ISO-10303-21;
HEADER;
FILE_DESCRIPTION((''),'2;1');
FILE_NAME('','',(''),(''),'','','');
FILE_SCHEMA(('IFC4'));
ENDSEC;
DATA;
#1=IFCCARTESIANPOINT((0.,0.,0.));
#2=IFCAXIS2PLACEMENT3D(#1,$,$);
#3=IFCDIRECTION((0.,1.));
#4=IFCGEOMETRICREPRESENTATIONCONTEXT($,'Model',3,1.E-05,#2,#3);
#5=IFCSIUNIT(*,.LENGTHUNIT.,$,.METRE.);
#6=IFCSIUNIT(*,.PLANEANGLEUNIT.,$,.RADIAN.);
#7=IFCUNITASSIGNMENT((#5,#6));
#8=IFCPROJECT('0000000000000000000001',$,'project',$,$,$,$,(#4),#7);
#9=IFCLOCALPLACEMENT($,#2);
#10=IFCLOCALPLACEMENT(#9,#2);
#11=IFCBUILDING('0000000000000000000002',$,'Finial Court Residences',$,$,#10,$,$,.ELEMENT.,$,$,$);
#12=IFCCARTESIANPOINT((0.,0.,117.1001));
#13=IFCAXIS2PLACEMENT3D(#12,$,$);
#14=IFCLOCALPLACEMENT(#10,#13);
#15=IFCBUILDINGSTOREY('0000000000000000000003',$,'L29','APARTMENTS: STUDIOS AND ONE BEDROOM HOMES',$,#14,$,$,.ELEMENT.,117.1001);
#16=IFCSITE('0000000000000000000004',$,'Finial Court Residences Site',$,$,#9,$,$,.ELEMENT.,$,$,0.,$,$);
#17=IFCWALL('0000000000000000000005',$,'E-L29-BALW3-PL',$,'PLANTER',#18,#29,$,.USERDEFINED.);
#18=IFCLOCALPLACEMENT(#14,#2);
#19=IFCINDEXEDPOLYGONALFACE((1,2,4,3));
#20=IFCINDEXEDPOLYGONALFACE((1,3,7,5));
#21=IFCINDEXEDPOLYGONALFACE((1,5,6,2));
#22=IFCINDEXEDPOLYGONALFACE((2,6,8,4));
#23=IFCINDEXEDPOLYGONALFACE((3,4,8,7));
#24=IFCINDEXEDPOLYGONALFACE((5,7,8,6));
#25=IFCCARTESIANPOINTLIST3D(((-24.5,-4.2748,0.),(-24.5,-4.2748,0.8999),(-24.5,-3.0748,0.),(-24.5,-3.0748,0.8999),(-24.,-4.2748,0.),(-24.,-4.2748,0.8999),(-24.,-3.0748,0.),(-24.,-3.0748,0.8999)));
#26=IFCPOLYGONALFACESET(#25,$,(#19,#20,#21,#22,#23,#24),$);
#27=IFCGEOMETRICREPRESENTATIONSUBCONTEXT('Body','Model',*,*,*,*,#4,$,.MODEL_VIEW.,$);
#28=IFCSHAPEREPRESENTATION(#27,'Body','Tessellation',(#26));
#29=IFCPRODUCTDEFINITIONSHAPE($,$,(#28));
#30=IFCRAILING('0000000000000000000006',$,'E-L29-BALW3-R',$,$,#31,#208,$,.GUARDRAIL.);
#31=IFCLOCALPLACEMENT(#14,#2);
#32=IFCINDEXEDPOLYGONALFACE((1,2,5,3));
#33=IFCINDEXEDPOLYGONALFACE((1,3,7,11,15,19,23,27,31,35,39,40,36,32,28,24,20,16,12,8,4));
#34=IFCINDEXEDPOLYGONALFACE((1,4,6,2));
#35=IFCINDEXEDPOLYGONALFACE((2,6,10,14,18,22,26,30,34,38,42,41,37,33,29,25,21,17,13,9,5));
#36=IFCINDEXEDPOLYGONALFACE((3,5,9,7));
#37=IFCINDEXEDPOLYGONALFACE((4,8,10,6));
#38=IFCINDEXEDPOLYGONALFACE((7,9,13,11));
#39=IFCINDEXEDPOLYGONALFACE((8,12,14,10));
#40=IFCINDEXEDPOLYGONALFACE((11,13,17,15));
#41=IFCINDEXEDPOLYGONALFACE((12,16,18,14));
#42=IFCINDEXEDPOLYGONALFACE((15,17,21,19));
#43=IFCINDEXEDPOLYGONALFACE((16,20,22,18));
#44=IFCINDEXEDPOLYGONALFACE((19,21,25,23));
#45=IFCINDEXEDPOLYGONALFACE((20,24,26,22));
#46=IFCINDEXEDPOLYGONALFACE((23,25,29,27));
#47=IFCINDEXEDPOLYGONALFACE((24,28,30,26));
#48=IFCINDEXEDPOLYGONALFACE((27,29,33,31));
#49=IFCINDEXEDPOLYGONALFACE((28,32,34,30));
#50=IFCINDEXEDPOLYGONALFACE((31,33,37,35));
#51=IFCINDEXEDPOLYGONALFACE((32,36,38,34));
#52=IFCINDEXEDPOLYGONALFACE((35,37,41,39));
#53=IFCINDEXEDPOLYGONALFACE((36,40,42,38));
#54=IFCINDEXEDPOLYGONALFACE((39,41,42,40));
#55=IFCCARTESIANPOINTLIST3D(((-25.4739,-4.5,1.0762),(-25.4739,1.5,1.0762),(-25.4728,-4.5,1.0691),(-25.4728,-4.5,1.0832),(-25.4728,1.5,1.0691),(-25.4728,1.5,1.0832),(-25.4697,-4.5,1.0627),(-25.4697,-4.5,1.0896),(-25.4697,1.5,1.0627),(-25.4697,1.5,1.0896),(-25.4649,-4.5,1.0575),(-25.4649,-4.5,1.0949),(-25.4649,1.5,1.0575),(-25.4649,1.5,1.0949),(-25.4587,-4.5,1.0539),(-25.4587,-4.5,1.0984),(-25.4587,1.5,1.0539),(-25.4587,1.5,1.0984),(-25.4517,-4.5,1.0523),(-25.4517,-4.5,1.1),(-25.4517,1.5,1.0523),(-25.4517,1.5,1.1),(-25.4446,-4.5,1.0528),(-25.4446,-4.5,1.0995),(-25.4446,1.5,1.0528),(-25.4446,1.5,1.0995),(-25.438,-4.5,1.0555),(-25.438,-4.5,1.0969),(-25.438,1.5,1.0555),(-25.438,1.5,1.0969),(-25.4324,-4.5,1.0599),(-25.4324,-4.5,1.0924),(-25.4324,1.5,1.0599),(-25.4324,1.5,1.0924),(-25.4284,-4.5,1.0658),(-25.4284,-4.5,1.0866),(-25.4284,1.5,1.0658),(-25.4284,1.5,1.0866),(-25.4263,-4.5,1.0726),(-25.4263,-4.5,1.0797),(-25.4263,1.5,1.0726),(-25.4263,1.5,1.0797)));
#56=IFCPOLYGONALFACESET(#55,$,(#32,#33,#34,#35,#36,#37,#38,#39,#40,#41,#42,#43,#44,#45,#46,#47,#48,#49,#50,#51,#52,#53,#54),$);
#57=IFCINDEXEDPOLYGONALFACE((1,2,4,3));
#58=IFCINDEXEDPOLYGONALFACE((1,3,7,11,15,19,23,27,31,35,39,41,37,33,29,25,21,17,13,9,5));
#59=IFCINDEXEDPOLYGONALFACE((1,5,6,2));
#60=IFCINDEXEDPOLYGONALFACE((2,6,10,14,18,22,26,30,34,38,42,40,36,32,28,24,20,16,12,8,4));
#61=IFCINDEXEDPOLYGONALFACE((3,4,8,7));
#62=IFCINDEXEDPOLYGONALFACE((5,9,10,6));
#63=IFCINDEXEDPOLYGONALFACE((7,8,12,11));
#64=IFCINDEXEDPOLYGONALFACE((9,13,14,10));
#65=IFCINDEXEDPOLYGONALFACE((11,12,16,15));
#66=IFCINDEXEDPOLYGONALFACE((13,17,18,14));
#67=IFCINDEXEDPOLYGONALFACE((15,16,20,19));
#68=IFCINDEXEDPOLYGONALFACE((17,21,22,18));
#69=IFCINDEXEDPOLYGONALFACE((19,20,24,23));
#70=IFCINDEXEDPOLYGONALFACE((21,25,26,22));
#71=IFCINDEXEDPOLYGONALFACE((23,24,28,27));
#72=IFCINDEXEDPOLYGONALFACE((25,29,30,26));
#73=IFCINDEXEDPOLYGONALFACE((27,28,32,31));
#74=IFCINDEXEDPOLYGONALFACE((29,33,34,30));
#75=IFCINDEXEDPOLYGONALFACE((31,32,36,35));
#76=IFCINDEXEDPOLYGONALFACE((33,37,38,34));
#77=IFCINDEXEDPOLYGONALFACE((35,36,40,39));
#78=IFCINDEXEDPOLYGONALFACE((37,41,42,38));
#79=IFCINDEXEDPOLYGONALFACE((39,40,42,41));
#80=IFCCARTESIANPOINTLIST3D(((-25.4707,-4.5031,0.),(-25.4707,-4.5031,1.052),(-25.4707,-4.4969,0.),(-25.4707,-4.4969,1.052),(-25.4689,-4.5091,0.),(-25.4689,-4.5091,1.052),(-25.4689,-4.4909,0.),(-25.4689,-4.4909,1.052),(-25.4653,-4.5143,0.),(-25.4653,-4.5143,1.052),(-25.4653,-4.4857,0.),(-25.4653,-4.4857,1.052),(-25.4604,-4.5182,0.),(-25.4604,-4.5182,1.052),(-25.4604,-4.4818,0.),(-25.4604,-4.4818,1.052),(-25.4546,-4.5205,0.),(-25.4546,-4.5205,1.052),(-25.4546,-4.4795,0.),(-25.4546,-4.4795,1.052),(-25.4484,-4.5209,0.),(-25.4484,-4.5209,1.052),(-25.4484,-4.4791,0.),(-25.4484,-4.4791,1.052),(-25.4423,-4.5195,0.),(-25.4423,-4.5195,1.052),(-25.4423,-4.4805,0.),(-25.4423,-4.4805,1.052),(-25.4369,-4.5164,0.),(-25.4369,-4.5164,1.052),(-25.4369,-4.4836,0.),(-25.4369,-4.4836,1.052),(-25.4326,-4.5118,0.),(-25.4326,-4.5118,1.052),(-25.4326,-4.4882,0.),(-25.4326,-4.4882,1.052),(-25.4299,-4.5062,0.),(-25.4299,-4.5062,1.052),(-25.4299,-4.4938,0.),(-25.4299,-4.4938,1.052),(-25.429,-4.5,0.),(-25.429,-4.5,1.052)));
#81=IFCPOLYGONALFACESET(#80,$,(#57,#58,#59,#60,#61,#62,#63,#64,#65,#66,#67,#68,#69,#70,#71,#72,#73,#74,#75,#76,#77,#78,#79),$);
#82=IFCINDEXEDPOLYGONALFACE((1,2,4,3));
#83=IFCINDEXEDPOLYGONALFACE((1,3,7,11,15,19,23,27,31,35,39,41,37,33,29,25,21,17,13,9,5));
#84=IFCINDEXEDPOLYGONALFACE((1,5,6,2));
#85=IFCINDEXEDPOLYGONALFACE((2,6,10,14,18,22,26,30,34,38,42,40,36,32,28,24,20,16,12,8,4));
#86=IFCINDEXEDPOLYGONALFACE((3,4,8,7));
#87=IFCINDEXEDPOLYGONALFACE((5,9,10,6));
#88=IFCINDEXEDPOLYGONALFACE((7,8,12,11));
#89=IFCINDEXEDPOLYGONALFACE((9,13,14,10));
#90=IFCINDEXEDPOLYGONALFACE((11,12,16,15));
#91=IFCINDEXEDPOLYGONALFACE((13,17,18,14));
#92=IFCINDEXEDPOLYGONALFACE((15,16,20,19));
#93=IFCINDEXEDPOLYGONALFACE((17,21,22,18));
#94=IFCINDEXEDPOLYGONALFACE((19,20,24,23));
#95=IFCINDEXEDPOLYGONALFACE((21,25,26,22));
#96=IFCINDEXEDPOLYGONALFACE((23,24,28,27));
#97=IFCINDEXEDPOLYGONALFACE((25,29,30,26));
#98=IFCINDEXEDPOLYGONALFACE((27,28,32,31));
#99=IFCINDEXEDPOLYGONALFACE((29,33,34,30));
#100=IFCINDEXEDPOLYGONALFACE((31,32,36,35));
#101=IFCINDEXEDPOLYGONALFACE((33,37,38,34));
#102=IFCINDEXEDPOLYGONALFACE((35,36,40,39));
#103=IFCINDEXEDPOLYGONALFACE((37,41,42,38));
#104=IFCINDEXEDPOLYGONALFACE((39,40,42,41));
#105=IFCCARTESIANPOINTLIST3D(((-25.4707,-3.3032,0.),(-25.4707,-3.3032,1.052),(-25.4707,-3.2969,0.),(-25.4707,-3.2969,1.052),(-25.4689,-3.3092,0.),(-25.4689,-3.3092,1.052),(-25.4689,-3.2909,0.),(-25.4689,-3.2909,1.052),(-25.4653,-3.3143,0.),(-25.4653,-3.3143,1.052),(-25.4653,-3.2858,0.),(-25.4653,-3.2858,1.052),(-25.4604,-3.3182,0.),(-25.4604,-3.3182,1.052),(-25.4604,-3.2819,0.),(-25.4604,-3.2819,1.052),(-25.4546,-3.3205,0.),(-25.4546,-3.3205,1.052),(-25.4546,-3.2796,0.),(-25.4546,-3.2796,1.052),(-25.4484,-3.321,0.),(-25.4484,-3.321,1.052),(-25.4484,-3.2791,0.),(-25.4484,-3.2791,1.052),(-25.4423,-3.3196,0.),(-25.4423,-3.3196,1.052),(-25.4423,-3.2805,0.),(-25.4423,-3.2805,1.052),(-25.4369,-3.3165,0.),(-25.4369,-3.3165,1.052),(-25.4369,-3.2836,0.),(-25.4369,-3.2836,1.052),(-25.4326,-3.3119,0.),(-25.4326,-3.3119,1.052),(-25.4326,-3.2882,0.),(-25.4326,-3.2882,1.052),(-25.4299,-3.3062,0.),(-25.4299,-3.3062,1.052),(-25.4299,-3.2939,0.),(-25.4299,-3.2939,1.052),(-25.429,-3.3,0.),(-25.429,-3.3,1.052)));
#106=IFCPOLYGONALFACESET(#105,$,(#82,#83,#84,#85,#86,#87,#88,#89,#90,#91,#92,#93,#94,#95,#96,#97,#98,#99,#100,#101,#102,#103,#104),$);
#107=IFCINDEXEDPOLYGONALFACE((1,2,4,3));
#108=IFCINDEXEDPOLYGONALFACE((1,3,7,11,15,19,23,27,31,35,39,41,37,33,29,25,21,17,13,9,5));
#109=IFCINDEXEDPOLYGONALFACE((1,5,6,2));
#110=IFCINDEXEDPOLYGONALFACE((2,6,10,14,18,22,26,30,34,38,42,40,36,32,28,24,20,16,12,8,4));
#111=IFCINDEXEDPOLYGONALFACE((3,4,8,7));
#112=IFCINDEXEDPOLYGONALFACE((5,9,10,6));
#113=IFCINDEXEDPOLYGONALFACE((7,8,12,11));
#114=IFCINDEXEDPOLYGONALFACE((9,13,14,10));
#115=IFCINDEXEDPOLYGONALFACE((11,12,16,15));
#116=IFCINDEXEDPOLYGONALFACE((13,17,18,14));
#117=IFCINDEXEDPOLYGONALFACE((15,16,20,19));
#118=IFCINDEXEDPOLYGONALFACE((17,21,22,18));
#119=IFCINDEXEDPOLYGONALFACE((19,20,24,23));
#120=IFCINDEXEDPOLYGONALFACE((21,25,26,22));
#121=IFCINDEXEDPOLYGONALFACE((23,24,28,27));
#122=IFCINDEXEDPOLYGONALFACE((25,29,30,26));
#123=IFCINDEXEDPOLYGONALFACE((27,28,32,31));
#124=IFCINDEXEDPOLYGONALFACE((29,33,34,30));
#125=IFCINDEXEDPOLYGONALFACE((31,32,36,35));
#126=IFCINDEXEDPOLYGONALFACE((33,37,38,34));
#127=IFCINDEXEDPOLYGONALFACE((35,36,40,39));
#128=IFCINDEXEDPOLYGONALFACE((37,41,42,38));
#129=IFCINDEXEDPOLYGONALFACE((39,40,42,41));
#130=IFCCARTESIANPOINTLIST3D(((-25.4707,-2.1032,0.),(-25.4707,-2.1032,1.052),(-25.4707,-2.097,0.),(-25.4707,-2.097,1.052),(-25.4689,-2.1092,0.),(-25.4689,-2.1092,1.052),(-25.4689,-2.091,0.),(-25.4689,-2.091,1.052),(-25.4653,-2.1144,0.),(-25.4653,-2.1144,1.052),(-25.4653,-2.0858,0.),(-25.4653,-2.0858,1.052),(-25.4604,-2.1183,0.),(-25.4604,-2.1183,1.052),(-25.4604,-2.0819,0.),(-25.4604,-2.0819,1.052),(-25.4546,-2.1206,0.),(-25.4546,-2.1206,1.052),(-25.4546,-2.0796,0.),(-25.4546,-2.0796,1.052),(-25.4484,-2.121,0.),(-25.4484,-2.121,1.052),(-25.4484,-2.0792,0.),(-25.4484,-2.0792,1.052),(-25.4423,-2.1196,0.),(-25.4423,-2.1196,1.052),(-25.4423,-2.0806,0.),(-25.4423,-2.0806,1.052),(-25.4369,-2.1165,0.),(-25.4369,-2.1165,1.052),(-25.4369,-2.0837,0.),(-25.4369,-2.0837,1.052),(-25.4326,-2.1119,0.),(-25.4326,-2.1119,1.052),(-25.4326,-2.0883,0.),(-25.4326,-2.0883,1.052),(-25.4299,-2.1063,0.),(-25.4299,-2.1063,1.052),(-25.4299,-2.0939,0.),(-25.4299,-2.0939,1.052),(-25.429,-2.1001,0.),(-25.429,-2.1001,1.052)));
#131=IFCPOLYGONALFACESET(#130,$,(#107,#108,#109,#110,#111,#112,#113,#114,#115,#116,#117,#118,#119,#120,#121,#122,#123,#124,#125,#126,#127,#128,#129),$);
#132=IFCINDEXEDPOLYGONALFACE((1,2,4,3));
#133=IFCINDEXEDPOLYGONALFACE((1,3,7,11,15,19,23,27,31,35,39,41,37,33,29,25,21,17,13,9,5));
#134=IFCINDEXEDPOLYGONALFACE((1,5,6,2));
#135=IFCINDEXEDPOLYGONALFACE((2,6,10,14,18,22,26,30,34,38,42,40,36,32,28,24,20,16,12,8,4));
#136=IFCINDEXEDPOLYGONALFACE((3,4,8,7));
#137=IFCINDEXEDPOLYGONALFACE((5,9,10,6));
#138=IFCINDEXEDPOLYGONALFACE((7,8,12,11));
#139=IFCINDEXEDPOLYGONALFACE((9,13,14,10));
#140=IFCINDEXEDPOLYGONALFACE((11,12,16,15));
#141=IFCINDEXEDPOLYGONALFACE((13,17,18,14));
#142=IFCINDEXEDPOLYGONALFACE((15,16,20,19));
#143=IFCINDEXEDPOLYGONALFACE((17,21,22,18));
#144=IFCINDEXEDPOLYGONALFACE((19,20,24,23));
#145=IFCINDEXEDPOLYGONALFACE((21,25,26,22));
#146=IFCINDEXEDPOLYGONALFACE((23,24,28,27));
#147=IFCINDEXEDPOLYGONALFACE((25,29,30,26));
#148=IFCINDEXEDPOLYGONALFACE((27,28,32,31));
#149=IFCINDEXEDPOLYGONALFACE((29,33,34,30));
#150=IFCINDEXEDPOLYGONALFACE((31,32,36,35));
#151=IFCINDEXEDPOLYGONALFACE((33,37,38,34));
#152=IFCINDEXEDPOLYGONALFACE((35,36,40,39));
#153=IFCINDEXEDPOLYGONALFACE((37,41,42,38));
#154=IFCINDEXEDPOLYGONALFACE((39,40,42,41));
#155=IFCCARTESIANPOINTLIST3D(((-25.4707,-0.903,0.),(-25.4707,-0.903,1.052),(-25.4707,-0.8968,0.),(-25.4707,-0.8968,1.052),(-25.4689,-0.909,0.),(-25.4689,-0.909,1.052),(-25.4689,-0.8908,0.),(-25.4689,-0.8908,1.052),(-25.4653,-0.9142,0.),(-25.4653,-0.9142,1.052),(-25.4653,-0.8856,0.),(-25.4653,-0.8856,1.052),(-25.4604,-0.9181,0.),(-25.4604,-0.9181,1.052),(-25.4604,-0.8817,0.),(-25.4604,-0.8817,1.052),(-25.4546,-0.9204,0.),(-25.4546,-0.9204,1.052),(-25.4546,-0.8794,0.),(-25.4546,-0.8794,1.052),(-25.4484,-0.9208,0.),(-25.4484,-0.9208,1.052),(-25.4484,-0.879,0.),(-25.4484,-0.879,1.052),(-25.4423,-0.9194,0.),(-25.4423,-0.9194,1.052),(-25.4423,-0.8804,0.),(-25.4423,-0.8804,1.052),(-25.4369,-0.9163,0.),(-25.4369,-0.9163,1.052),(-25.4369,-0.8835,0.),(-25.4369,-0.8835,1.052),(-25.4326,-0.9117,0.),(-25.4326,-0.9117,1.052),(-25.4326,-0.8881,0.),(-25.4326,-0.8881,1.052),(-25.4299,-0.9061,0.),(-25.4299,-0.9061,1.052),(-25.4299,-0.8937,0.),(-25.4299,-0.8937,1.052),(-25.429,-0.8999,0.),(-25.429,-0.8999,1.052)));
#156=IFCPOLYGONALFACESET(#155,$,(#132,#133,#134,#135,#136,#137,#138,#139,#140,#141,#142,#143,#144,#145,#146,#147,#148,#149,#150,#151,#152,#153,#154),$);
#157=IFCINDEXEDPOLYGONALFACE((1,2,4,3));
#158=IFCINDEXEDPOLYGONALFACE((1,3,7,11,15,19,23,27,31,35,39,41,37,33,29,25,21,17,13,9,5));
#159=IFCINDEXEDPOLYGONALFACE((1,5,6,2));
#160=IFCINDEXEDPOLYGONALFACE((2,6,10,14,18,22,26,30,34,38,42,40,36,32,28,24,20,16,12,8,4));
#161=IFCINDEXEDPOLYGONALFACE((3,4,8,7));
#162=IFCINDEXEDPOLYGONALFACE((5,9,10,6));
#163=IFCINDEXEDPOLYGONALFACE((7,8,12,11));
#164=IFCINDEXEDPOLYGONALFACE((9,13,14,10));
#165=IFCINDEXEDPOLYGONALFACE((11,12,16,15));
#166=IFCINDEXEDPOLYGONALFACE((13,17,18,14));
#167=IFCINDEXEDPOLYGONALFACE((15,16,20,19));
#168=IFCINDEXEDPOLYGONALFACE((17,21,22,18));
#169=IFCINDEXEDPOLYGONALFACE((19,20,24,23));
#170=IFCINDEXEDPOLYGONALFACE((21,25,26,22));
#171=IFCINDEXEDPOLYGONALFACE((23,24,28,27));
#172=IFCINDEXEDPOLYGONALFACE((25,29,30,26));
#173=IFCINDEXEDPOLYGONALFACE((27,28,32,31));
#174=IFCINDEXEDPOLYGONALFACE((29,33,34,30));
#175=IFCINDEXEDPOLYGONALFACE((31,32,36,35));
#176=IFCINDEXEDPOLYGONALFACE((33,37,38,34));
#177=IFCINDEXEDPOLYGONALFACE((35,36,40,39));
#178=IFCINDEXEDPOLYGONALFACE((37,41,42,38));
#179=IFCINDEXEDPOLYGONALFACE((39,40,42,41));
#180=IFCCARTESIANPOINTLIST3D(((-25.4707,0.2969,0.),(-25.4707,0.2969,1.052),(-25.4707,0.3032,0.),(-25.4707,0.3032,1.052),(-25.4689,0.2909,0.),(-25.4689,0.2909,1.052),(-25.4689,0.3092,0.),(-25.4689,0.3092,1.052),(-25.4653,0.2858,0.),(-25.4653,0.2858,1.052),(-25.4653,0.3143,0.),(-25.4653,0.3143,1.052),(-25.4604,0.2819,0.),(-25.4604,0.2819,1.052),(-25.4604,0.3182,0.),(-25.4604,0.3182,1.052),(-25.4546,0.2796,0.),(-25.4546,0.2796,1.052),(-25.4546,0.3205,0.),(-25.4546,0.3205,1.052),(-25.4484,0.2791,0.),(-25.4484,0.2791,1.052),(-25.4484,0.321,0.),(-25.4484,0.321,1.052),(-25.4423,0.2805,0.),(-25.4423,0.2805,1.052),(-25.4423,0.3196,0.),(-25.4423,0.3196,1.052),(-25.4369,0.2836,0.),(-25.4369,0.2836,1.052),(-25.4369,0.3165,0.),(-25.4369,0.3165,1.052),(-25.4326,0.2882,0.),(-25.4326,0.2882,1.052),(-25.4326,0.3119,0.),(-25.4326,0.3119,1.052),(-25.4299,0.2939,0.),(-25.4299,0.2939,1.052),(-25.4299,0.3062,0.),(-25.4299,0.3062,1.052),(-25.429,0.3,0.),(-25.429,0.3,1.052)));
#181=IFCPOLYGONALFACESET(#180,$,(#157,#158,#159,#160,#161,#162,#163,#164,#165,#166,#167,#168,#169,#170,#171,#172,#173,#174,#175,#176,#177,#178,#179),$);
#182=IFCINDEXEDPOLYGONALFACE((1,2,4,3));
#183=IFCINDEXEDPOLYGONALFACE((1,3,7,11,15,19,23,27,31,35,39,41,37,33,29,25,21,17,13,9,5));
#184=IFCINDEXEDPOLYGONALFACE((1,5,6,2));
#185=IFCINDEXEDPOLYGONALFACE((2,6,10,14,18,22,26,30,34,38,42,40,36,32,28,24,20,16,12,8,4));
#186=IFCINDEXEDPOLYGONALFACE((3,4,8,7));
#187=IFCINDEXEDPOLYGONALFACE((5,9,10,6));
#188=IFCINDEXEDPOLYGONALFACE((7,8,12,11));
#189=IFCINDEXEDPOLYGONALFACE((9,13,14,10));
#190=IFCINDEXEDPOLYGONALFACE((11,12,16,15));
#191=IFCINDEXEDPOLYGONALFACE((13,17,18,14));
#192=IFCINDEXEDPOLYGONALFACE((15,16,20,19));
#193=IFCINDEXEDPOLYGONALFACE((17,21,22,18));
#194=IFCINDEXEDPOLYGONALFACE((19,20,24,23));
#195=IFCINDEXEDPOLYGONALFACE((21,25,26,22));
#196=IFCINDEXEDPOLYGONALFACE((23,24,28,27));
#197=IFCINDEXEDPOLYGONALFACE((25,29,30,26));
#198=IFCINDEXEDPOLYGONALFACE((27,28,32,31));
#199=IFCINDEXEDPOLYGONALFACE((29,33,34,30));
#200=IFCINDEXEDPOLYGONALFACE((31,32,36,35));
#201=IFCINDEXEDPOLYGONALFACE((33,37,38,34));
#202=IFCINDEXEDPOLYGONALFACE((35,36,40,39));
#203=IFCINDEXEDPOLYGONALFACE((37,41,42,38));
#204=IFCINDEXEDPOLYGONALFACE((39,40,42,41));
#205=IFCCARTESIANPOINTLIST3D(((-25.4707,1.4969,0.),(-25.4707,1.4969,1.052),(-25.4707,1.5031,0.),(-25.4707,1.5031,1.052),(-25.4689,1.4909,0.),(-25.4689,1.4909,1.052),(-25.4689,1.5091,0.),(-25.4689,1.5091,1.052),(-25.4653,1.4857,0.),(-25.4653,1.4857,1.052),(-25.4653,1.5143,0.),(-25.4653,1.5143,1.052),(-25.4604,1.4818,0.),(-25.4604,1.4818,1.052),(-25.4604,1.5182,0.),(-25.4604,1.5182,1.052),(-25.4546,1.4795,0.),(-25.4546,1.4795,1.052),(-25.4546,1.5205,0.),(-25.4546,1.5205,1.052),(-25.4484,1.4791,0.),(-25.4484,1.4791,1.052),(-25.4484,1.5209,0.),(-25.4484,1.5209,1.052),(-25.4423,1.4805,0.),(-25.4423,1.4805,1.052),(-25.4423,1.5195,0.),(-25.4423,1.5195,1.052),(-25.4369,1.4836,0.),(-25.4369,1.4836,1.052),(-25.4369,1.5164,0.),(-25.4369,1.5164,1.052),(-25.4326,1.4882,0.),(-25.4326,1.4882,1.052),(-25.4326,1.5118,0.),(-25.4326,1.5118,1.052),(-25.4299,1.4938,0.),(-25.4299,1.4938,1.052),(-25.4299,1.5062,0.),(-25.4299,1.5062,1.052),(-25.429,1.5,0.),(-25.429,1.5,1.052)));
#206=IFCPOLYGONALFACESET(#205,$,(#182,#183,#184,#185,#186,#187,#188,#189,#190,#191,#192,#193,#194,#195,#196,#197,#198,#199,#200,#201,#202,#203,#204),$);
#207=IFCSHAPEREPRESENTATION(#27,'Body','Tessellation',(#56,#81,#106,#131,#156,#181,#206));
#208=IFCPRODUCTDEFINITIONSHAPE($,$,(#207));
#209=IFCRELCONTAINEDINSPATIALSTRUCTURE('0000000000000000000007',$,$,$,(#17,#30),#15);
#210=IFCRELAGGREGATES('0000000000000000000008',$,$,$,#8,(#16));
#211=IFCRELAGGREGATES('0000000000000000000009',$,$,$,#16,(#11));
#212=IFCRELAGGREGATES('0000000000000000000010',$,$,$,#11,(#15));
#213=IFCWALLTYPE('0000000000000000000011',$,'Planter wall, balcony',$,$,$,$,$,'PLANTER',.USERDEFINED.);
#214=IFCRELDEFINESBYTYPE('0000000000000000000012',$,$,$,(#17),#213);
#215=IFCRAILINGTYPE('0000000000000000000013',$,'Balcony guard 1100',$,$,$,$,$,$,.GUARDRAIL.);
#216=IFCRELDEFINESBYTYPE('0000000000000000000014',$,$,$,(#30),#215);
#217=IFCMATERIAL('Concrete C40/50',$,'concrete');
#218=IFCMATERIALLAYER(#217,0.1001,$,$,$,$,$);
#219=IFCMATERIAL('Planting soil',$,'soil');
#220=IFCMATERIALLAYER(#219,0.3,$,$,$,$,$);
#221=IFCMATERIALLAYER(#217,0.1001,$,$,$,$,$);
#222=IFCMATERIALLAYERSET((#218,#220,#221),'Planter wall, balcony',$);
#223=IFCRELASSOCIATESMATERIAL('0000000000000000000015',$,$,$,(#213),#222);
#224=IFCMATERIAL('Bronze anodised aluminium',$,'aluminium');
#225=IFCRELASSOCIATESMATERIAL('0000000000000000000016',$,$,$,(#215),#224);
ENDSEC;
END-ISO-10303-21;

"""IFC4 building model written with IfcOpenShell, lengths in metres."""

from ifc_helpers import new_model, si_unit, direction, frame, frame_2d, origin, origin_2d, place, context, subcontext, project, spatial, rectangle, circle, extrude, material, layer, layer_set, type_object, element, save


model = new_model("IFC4")

# Units and contexts
model_context = context("Model", 3, precision=1e-05, world=origin(), true_north=direction((0.0, 1.0)))
body_context = subcontext(model_context, "Body", "Model", "MODEL_VIEW")
ifc_project = project(units=[si_unit("LENGTHUNIT", "METRE"), si_unit("PLANEANGLEUNIT", "RADIAN")], contexts=[model_context])

# Site, building, storey
site_placement = place(None, origin())
site = spatial("IfcSite", under=ifc_project, at=site_placement, Name="Finial Court Residences Site", CompositionType="ELEMENT", RefElevation=0.0)
building_placement = place(site_placement, origin())
building = spatial("IfcBuilding", under=site, at=building_placement, Name="Finial Court Residences", CompositionType="ELEMENT")
storey_placement = place(building_placement, frame((0.0, 0.0, 117.1001)))
storey = spatial("IfcBuildingStorey", under=building, at=storey_placement, Name="L29", Description="APARTMENTS: STUDIOS AND ONE BEDROOM HOMES", CompositionType="ELEMENT", Elevation=117.1001)

# Shared definitions
ifc_material_1 = material(Name="Bronze anodised aluminium", Category="aluminium")

# Wall
ifc_material_2 = material(Name="Concrete C40/50", Category="concrete")
ifc_layer_1 = layer(ifc_material_2, 0.1001)
ifc_material_3 = material(Name="Planting soil", Category="soil")
ifc_layer_2 = layer(ifc_material_3, 0.3)
ifc_layer_3 = layer(ifc_material_2, 0.1001)
ifc_layer_set_1 = layer_set([ifc_layer_1, ifc_layer_2, ifc_layer_3], Name="Planter wall, balcony")
wall_type_1 = type_object("IfcWallType", Name="Planter wall, balcony", ElementType="PLANTER", PredefinedType="USERDEFINED", material=ifc_layer_set_1)
wall_1_placement = place(storey_placement, frame((-24.25, -4.2749, 0.0), z_axis=(0.0, 0.0, 1.0), x_axis=(0.0, 1.0, 0.0)))
element("IfcWall", 1, at=wall_1_placement, inside=storey, type_object=wall_type_1, Name="E-L29-BALW3-PL", ObjectType="PLANTER", PredefinedType="USERDEFINED", context=body_context, shape_type="SweptSolid", body=[
    extrude(rectangle(XDim=1.2, YDim=0.5, at=frame_2d((0.6001, 0.0))), origin(), (0.0, 0.0, 1.0), 0.8999),
])

# Railing
railing_type = type_object("IfcRailingType", Name="Balcony guard 1100", PredefinedType="GUARDRAIL", material=ifc_material_1)
railing_placement = place(storey_placement, frame((-25.45, -4.5, 0.0)))
element("IfcRailing", 2, at=railing_placement, inside=storey, type_object=railing_type, Name="E-L29-BALW3-R", PredefinedType="GUARDRAIL", context=body_context, shape_type="SweptSolid", body=[
    extrude(circle(Radius=0.0239, at=origin_2d()), frame((0.0, 0.0, 1.0762), z_axis=(0.0, 1.0, 0.0), x_axis=(-1.0, 0.0, 0.0)), (0.0, 0.0, 1.0), 6.0),
    extrude(circle(Radius=0.021, at=origin_2d()), origin(), (0.0, 0.0, 1.0), 1.052),
    extrude(circle(Radius=0.021, at=origin_2d()), frame((0.0, 1.2, 0.0)), (0.0, 0.0, 1.0), 1.052),
    extrude(circle(Radius=0.021, at=origin_2d()), frame((0.0, 2.3999, 0.0)), (0.0, 0.0, 1.0), 1.052),
    extrude(circle(Radius=0.021, at=origin_2d()), frame((0.0, 3.6001, 0.0)), (0.0, 0.0, 1.0), 1.052),
    extrude(circle(Radius=0.021, at=origin_2d()), frame((0.0, 4.8, 0.0)), (0.0, 0.0, 1.0), 1.052),
    extrude(circle(Radius=0.021, at=origin_2d()), frame((0.0, 6.0, 0.0)), (0.0, 0.0, 1.0), 1.052),
])

save(model, "model.ifc")
